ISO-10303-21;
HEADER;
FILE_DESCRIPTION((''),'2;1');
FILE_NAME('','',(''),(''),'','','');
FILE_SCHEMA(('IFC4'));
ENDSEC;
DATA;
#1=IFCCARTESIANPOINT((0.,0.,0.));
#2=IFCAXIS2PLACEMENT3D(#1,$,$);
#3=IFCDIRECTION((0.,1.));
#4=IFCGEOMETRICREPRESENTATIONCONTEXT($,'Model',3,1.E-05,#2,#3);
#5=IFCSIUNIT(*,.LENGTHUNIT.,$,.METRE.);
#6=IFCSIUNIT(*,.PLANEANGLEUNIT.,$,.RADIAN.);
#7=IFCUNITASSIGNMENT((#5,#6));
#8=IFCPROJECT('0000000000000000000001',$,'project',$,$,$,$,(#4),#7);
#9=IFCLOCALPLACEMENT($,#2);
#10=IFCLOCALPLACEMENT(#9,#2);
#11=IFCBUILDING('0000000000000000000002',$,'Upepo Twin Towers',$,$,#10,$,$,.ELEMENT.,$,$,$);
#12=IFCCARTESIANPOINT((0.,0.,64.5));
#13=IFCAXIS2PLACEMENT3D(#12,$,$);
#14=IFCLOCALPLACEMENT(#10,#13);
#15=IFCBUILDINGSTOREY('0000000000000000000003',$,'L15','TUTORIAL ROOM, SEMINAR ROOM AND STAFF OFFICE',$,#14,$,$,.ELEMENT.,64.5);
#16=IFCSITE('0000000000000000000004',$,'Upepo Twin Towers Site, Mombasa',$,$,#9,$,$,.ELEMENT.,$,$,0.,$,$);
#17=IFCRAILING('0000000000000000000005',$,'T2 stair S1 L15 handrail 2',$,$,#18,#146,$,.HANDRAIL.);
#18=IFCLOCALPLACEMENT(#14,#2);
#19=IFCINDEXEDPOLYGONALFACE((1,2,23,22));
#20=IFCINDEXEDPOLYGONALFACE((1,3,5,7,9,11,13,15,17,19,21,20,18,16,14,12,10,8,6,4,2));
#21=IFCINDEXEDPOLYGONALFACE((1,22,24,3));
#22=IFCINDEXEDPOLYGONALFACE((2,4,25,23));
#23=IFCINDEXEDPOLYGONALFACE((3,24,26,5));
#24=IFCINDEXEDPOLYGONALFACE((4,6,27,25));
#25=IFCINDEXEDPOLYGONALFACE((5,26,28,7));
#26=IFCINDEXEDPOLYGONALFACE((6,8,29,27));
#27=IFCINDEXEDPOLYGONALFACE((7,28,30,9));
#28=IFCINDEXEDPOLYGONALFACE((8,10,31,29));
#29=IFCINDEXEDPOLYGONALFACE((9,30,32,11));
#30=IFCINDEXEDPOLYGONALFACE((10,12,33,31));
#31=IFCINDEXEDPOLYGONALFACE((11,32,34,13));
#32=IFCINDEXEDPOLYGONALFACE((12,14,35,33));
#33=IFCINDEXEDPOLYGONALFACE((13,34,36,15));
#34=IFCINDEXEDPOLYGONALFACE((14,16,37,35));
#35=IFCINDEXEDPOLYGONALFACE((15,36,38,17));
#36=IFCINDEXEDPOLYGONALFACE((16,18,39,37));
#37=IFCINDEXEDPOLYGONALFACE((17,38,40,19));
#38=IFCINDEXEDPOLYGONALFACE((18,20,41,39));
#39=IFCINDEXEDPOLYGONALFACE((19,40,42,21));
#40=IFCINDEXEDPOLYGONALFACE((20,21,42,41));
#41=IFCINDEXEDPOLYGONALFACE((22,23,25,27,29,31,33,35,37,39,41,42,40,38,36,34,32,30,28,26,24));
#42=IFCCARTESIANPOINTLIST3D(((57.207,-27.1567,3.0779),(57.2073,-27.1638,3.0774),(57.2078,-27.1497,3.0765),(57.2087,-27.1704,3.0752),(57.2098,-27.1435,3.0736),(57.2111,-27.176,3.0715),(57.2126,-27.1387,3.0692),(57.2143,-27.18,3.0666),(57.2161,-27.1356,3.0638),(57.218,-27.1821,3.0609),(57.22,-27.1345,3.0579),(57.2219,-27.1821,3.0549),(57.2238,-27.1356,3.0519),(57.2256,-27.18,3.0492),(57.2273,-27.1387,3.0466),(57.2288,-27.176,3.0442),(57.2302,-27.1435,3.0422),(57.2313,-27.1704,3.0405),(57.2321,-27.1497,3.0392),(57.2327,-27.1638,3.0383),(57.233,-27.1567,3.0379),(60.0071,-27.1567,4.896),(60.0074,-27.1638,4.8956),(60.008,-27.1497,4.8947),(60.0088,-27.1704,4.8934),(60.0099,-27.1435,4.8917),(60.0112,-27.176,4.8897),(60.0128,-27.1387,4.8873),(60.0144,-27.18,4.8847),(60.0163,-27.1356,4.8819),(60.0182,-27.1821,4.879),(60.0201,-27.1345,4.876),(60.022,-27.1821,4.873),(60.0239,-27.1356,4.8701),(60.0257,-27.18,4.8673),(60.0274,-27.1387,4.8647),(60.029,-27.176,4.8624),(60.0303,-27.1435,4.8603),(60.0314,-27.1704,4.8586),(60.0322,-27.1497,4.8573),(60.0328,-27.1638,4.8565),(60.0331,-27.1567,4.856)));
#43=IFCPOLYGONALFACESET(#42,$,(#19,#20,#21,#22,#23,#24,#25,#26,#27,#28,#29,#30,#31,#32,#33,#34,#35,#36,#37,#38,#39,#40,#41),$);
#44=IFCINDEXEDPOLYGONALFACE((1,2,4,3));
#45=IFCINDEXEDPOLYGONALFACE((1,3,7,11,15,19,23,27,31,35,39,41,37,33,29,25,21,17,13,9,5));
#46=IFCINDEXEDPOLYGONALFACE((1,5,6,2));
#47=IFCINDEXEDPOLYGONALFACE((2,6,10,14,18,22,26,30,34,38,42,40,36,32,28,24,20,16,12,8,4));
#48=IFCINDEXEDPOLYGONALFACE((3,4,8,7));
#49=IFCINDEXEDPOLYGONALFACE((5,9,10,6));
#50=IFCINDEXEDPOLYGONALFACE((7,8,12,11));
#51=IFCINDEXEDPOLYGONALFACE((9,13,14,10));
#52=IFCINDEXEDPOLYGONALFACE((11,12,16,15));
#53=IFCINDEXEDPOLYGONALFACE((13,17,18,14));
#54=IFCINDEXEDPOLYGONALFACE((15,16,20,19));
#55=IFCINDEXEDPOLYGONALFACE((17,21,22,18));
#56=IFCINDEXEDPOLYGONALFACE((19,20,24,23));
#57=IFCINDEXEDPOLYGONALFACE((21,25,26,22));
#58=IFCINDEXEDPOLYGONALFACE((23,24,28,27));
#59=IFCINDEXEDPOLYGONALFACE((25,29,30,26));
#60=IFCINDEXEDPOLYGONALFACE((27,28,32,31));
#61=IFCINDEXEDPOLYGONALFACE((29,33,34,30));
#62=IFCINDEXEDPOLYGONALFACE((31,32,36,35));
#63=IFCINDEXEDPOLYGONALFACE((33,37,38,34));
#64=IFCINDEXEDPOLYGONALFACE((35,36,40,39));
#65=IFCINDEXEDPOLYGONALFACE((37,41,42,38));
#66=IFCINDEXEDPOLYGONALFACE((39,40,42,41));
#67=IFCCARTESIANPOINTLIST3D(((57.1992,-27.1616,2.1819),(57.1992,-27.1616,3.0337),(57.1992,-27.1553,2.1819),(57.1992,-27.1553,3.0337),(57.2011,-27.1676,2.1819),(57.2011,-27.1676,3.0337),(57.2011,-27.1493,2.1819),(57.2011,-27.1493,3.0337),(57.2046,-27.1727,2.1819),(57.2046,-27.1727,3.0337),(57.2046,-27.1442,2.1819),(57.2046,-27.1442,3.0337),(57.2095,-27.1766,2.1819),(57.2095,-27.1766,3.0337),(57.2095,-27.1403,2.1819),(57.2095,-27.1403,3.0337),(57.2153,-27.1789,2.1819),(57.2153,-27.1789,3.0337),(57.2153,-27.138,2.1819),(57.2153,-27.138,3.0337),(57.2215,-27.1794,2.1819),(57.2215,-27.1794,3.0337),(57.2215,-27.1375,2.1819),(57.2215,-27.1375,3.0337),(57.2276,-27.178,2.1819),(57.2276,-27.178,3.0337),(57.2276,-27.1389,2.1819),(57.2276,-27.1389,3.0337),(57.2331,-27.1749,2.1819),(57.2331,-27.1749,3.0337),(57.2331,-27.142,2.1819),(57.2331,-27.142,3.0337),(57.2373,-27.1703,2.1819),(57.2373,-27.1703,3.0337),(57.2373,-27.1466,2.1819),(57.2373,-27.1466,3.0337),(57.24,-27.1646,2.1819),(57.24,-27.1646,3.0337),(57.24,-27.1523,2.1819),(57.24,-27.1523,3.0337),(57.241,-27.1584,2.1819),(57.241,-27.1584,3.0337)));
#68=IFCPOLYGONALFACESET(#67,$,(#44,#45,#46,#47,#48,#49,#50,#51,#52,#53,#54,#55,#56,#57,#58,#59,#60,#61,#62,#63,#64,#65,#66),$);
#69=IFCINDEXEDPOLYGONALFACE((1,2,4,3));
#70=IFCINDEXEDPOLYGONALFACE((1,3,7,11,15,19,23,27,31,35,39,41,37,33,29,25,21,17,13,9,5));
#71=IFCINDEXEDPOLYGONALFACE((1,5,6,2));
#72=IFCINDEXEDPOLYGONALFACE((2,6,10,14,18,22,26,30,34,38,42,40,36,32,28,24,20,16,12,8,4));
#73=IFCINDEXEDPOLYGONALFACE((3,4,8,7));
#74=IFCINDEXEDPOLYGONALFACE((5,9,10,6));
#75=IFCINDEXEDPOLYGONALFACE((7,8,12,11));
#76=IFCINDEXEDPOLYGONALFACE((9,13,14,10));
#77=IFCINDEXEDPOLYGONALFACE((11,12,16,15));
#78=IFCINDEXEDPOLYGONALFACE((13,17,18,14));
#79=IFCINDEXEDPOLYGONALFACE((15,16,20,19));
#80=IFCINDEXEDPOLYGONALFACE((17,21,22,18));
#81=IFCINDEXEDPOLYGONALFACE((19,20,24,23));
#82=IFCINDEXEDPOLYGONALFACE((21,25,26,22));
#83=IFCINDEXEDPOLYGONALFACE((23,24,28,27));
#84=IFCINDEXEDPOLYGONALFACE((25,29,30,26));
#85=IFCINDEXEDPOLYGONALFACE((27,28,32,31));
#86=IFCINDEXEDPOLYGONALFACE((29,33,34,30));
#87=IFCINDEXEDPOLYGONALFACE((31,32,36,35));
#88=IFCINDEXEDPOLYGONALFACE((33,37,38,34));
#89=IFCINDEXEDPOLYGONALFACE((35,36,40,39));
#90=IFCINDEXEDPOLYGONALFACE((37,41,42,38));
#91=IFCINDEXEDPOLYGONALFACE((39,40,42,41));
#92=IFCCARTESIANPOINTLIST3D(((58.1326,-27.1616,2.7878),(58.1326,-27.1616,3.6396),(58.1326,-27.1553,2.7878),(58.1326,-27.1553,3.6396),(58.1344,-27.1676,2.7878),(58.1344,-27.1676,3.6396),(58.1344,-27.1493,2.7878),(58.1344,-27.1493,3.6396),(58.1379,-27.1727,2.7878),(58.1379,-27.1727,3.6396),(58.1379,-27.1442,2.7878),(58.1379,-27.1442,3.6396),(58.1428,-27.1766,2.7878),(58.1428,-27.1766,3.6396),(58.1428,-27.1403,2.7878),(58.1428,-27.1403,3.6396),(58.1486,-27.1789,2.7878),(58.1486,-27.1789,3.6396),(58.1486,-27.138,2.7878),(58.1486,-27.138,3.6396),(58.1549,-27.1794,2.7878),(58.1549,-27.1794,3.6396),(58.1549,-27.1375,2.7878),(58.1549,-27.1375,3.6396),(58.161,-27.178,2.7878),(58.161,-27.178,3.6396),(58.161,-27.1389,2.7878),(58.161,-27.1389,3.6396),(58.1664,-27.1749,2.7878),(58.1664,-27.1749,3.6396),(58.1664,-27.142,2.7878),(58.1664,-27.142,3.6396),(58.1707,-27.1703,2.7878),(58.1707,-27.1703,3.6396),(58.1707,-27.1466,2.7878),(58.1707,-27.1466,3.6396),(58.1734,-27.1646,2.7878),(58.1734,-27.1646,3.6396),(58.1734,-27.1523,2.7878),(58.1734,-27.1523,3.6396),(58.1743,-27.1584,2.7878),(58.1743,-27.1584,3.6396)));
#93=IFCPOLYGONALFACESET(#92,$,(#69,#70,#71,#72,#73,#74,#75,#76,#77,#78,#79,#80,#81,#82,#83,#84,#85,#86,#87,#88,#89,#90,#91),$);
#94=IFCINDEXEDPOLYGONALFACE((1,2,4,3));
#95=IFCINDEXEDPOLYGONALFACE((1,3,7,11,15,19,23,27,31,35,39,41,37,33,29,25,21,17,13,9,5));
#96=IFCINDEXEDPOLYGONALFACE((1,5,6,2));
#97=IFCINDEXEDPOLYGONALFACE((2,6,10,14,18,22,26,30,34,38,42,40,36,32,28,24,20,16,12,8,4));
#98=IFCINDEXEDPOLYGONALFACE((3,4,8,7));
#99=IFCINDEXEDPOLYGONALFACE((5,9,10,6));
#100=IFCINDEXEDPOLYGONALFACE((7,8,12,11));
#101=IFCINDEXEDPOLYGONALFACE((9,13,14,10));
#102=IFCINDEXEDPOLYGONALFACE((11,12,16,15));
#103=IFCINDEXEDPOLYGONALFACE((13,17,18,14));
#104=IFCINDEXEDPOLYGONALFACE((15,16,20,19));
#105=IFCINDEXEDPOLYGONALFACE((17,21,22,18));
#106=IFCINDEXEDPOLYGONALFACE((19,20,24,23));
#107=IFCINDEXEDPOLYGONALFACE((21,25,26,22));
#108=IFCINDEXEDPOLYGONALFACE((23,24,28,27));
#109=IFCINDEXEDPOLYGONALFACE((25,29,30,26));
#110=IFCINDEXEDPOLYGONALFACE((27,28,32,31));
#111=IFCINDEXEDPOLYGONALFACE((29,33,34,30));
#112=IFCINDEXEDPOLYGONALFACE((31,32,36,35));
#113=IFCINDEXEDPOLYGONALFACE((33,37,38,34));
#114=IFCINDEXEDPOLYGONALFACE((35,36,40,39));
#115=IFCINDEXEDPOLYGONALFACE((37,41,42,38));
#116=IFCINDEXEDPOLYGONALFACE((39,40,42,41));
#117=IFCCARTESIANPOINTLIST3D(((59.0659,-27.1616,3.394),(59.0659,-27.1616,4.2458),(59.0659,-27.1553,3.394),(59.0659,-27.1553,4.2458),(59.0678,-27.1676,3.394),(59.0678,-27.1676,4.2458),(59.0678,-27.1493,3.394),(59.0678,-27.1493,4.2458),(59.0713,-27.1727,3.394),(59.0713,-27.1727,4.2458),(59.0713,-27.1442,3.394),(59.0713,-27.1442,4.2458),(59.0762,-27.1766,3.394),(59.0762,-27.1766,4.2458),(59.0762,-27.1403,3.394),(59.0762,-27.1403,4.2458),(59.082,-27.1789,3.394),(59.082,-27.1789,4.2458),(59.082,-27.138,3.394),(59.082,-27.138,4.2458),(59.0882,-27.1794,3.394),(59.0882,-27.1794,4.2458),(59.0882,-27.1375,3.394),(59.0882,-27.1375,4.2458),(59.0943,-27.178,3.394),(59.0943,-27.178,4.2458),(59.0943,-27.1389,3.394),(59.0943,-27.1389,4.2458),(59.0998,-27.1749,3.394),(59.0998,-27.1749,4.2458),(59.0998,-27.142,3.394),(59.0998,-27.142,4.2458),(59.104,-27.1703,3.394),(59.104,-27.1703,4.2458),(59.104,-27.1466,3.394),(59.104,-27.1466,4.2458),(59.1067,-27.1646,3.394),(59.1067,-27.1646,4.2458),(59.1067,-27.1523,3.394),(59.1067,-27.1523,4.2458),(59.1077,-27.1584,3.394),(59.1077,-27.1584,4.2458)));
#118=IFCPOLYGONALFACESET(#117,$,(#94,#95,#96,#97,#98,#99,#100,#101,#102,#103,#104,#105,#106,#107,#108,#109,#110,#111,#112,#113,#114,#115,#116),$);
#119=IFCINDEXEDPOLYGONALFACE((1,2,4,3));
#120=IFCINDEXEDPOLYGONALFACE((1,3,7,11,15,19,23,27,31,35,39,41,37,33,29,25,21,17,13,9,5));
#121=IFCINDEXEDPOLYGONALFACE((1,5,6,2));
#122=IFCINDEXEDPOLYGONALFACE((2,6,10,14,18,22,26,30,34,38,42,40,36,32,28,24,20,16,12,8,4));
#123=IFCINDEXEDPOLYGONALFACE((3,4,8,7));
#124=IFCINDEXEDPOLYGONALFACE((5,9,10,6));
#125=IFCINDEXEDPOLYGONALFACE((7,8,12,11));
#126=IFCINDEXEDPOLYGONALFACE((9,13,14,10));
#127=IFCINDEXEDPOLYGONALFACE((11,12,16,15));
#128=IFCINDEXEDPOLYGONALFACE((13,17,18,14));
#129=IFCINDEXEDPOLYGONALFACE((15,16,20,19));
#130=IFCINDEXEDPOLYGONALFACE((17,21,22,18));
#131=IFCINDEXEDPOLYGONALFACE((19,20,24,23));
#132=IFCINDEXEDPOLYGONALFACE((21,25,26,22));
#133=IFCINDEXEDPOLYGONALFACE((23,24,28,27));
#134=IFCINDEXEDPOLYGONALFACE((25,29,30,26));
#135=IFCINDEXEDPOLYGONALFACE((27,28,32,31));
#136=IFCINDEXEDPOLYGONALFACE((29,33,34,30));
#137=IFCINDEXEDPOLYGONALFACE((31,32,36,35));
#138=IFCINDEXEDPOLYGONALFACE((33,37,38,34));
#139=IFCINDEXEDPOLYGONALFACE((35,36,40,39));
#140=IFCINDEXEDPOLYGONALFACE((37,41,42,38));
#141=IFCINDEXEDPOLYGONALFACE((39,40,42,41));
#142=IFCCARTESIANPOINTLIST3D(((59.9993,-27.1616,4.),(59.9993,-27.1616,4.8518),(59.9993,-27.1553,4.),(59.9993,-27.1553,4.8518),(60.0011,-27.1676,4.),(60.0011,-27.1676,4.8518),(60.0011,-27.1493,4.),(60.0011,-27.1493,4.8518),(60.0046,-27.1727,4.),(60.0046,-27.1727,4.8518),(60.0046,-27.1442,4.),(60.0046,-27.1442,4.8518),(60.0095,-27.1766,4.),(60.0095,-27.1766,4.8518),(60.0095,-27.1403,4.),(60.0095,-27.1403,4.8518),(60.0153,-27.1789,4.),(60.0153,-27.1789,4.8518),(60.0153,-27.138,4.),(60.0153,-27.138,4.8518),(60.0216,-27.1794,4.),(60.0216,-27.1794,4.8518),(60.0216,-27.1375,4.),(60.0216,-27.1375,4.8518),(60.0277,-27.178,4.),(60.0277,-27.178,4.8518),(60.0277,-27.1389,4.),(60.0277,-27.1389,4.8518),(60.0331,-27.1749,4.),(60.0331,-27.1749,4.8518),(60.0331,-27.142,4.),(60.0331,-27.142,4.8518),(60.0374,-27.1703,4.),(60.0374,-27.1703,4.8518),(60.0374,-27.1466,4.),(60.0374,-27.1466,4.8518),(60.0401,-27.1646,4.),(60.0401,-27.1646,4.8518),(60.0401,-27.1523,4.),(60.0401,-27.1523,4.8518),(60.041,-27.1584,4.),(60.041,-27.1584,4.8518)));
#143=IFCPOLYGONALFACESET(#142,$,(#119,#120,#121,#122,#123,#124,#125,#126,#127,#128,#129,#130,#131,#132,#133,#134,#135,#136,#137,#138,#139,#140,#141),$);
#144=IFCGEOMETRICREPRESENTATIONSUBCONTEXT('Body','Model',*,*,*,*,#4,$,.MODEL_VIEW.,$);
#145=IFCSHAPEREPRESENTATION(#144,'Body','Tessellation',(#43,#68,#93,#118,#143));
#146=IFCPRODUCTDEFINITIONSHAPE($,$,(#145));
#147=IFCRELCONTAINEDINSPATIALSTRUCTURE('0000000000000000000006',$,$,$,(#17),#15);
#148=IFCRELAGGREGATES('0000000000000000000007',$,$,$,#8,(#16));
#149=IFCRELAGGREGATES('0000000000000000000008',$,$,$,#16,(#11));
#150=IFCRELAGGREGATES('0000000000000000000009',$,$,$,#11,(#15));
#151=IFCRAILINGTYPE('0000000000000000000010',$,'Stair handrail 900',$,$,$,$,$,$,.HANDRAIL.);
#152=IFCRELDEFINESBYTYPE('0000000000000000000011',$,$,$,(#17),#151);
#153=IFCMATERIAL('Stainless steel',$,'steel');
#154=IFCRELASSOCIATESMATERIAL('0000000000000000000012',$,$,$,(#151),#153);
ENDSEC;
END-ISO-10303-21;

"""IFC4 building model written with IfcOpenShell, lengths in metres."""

from ifc_helpers import new_model, si_unit, direction, frame, origin, origin_2d, place, context, subcontext, project, spatial, circle, extrude, material, type_object, element, save


model = new_model("IFC4")

# Units and contexts
model_context = context("Model", 3, precision=1e-05, world=origin(), true_north=direction((0.0, 1.0)))
body_context = subcontext(model_context, "Body", "Model", "MODEL_VIEW")
ifc_project = project(units=[si_unit("LENGTHUNIT", "METRE"), si_unit("PLANEANGLEUNIT", "RADIAN")], contexts=[model_context])

# Site, building, storey
site_placement = place(None, origin())
site = spatial("IfcSite", under=ifc_project, at=site_placement, Name="Upepo Twin Towers Site, Mombasa", CompositionType="ELEMENT", RefElevation=0.0)
building_placement = place(site_placement, origin())
building = spatial("IfcBuilding", under=site, at=building_placement, Name="Upepo Twin Towers", CompositionType="ELEMENT")
storey_placement = place(building_placement, frame((0.0, 0.0, 64.5)))
storey = spatial("IfcBuildingStorey", under=building, at=storey_placement, Name="L15", Description="TUTORIAL ROOM, SEMINAR ROOM AND STAFF OFFICE", CompositionType="ELEMENT", Elevation=64.5)

# Railing
ifc_material_1 = material(Name="Stainless steel", Category="steel")
railing_type = type_object("IfcRailingType", Name="Stair handrail 900", PredefinedType="HANDRAIL", material=ifc_material_1)
railing_1_placement = place(storey_placement, frame((57.22, -27.1584, 2.1819)))
element("IfcRailing", 1, at=railing_1_placement, inside=storey, type_object=railing_type, Name="T2 stair S1 L15 handrail 2", PredefinedType="HANDRAIL", context=body_context, shape_type="SweptSolid", body=[
    extrude(circle(Radius=0.0239, at=origin_2d()), frame((0.0, 0.0, 0.876), z_axis=(0.838706, 0.0, 0.544585), x_axis=(0.0, 1.0, 0.0)), (0.0, 0.0, 1.0), 3.3386),
    extrude(circle(Radius=0.021, at=origin_2d()), origin(), (0.0, 0.0, 1.0), 0.8518),
    extrude(circle(Radius=0.021, at=origin_2d()), frame((0.9333, 0.0, 0.606)), (0.0, 0.0, 1.0), 0.8518),
    extrude(circle(Radius=0.021, at=origin_2d()), frame((1.8667, 0.0, 1.2122)), (0.0, 0.0, 1.0), 0.8518),
    extrude(circle(Radius=0.021, at=origin_2d()), frame((2.8, 0.0, 1.8181)), (0.0, 0.0, 1.0), 0.8518),
])

save(model, "model.ifc")
